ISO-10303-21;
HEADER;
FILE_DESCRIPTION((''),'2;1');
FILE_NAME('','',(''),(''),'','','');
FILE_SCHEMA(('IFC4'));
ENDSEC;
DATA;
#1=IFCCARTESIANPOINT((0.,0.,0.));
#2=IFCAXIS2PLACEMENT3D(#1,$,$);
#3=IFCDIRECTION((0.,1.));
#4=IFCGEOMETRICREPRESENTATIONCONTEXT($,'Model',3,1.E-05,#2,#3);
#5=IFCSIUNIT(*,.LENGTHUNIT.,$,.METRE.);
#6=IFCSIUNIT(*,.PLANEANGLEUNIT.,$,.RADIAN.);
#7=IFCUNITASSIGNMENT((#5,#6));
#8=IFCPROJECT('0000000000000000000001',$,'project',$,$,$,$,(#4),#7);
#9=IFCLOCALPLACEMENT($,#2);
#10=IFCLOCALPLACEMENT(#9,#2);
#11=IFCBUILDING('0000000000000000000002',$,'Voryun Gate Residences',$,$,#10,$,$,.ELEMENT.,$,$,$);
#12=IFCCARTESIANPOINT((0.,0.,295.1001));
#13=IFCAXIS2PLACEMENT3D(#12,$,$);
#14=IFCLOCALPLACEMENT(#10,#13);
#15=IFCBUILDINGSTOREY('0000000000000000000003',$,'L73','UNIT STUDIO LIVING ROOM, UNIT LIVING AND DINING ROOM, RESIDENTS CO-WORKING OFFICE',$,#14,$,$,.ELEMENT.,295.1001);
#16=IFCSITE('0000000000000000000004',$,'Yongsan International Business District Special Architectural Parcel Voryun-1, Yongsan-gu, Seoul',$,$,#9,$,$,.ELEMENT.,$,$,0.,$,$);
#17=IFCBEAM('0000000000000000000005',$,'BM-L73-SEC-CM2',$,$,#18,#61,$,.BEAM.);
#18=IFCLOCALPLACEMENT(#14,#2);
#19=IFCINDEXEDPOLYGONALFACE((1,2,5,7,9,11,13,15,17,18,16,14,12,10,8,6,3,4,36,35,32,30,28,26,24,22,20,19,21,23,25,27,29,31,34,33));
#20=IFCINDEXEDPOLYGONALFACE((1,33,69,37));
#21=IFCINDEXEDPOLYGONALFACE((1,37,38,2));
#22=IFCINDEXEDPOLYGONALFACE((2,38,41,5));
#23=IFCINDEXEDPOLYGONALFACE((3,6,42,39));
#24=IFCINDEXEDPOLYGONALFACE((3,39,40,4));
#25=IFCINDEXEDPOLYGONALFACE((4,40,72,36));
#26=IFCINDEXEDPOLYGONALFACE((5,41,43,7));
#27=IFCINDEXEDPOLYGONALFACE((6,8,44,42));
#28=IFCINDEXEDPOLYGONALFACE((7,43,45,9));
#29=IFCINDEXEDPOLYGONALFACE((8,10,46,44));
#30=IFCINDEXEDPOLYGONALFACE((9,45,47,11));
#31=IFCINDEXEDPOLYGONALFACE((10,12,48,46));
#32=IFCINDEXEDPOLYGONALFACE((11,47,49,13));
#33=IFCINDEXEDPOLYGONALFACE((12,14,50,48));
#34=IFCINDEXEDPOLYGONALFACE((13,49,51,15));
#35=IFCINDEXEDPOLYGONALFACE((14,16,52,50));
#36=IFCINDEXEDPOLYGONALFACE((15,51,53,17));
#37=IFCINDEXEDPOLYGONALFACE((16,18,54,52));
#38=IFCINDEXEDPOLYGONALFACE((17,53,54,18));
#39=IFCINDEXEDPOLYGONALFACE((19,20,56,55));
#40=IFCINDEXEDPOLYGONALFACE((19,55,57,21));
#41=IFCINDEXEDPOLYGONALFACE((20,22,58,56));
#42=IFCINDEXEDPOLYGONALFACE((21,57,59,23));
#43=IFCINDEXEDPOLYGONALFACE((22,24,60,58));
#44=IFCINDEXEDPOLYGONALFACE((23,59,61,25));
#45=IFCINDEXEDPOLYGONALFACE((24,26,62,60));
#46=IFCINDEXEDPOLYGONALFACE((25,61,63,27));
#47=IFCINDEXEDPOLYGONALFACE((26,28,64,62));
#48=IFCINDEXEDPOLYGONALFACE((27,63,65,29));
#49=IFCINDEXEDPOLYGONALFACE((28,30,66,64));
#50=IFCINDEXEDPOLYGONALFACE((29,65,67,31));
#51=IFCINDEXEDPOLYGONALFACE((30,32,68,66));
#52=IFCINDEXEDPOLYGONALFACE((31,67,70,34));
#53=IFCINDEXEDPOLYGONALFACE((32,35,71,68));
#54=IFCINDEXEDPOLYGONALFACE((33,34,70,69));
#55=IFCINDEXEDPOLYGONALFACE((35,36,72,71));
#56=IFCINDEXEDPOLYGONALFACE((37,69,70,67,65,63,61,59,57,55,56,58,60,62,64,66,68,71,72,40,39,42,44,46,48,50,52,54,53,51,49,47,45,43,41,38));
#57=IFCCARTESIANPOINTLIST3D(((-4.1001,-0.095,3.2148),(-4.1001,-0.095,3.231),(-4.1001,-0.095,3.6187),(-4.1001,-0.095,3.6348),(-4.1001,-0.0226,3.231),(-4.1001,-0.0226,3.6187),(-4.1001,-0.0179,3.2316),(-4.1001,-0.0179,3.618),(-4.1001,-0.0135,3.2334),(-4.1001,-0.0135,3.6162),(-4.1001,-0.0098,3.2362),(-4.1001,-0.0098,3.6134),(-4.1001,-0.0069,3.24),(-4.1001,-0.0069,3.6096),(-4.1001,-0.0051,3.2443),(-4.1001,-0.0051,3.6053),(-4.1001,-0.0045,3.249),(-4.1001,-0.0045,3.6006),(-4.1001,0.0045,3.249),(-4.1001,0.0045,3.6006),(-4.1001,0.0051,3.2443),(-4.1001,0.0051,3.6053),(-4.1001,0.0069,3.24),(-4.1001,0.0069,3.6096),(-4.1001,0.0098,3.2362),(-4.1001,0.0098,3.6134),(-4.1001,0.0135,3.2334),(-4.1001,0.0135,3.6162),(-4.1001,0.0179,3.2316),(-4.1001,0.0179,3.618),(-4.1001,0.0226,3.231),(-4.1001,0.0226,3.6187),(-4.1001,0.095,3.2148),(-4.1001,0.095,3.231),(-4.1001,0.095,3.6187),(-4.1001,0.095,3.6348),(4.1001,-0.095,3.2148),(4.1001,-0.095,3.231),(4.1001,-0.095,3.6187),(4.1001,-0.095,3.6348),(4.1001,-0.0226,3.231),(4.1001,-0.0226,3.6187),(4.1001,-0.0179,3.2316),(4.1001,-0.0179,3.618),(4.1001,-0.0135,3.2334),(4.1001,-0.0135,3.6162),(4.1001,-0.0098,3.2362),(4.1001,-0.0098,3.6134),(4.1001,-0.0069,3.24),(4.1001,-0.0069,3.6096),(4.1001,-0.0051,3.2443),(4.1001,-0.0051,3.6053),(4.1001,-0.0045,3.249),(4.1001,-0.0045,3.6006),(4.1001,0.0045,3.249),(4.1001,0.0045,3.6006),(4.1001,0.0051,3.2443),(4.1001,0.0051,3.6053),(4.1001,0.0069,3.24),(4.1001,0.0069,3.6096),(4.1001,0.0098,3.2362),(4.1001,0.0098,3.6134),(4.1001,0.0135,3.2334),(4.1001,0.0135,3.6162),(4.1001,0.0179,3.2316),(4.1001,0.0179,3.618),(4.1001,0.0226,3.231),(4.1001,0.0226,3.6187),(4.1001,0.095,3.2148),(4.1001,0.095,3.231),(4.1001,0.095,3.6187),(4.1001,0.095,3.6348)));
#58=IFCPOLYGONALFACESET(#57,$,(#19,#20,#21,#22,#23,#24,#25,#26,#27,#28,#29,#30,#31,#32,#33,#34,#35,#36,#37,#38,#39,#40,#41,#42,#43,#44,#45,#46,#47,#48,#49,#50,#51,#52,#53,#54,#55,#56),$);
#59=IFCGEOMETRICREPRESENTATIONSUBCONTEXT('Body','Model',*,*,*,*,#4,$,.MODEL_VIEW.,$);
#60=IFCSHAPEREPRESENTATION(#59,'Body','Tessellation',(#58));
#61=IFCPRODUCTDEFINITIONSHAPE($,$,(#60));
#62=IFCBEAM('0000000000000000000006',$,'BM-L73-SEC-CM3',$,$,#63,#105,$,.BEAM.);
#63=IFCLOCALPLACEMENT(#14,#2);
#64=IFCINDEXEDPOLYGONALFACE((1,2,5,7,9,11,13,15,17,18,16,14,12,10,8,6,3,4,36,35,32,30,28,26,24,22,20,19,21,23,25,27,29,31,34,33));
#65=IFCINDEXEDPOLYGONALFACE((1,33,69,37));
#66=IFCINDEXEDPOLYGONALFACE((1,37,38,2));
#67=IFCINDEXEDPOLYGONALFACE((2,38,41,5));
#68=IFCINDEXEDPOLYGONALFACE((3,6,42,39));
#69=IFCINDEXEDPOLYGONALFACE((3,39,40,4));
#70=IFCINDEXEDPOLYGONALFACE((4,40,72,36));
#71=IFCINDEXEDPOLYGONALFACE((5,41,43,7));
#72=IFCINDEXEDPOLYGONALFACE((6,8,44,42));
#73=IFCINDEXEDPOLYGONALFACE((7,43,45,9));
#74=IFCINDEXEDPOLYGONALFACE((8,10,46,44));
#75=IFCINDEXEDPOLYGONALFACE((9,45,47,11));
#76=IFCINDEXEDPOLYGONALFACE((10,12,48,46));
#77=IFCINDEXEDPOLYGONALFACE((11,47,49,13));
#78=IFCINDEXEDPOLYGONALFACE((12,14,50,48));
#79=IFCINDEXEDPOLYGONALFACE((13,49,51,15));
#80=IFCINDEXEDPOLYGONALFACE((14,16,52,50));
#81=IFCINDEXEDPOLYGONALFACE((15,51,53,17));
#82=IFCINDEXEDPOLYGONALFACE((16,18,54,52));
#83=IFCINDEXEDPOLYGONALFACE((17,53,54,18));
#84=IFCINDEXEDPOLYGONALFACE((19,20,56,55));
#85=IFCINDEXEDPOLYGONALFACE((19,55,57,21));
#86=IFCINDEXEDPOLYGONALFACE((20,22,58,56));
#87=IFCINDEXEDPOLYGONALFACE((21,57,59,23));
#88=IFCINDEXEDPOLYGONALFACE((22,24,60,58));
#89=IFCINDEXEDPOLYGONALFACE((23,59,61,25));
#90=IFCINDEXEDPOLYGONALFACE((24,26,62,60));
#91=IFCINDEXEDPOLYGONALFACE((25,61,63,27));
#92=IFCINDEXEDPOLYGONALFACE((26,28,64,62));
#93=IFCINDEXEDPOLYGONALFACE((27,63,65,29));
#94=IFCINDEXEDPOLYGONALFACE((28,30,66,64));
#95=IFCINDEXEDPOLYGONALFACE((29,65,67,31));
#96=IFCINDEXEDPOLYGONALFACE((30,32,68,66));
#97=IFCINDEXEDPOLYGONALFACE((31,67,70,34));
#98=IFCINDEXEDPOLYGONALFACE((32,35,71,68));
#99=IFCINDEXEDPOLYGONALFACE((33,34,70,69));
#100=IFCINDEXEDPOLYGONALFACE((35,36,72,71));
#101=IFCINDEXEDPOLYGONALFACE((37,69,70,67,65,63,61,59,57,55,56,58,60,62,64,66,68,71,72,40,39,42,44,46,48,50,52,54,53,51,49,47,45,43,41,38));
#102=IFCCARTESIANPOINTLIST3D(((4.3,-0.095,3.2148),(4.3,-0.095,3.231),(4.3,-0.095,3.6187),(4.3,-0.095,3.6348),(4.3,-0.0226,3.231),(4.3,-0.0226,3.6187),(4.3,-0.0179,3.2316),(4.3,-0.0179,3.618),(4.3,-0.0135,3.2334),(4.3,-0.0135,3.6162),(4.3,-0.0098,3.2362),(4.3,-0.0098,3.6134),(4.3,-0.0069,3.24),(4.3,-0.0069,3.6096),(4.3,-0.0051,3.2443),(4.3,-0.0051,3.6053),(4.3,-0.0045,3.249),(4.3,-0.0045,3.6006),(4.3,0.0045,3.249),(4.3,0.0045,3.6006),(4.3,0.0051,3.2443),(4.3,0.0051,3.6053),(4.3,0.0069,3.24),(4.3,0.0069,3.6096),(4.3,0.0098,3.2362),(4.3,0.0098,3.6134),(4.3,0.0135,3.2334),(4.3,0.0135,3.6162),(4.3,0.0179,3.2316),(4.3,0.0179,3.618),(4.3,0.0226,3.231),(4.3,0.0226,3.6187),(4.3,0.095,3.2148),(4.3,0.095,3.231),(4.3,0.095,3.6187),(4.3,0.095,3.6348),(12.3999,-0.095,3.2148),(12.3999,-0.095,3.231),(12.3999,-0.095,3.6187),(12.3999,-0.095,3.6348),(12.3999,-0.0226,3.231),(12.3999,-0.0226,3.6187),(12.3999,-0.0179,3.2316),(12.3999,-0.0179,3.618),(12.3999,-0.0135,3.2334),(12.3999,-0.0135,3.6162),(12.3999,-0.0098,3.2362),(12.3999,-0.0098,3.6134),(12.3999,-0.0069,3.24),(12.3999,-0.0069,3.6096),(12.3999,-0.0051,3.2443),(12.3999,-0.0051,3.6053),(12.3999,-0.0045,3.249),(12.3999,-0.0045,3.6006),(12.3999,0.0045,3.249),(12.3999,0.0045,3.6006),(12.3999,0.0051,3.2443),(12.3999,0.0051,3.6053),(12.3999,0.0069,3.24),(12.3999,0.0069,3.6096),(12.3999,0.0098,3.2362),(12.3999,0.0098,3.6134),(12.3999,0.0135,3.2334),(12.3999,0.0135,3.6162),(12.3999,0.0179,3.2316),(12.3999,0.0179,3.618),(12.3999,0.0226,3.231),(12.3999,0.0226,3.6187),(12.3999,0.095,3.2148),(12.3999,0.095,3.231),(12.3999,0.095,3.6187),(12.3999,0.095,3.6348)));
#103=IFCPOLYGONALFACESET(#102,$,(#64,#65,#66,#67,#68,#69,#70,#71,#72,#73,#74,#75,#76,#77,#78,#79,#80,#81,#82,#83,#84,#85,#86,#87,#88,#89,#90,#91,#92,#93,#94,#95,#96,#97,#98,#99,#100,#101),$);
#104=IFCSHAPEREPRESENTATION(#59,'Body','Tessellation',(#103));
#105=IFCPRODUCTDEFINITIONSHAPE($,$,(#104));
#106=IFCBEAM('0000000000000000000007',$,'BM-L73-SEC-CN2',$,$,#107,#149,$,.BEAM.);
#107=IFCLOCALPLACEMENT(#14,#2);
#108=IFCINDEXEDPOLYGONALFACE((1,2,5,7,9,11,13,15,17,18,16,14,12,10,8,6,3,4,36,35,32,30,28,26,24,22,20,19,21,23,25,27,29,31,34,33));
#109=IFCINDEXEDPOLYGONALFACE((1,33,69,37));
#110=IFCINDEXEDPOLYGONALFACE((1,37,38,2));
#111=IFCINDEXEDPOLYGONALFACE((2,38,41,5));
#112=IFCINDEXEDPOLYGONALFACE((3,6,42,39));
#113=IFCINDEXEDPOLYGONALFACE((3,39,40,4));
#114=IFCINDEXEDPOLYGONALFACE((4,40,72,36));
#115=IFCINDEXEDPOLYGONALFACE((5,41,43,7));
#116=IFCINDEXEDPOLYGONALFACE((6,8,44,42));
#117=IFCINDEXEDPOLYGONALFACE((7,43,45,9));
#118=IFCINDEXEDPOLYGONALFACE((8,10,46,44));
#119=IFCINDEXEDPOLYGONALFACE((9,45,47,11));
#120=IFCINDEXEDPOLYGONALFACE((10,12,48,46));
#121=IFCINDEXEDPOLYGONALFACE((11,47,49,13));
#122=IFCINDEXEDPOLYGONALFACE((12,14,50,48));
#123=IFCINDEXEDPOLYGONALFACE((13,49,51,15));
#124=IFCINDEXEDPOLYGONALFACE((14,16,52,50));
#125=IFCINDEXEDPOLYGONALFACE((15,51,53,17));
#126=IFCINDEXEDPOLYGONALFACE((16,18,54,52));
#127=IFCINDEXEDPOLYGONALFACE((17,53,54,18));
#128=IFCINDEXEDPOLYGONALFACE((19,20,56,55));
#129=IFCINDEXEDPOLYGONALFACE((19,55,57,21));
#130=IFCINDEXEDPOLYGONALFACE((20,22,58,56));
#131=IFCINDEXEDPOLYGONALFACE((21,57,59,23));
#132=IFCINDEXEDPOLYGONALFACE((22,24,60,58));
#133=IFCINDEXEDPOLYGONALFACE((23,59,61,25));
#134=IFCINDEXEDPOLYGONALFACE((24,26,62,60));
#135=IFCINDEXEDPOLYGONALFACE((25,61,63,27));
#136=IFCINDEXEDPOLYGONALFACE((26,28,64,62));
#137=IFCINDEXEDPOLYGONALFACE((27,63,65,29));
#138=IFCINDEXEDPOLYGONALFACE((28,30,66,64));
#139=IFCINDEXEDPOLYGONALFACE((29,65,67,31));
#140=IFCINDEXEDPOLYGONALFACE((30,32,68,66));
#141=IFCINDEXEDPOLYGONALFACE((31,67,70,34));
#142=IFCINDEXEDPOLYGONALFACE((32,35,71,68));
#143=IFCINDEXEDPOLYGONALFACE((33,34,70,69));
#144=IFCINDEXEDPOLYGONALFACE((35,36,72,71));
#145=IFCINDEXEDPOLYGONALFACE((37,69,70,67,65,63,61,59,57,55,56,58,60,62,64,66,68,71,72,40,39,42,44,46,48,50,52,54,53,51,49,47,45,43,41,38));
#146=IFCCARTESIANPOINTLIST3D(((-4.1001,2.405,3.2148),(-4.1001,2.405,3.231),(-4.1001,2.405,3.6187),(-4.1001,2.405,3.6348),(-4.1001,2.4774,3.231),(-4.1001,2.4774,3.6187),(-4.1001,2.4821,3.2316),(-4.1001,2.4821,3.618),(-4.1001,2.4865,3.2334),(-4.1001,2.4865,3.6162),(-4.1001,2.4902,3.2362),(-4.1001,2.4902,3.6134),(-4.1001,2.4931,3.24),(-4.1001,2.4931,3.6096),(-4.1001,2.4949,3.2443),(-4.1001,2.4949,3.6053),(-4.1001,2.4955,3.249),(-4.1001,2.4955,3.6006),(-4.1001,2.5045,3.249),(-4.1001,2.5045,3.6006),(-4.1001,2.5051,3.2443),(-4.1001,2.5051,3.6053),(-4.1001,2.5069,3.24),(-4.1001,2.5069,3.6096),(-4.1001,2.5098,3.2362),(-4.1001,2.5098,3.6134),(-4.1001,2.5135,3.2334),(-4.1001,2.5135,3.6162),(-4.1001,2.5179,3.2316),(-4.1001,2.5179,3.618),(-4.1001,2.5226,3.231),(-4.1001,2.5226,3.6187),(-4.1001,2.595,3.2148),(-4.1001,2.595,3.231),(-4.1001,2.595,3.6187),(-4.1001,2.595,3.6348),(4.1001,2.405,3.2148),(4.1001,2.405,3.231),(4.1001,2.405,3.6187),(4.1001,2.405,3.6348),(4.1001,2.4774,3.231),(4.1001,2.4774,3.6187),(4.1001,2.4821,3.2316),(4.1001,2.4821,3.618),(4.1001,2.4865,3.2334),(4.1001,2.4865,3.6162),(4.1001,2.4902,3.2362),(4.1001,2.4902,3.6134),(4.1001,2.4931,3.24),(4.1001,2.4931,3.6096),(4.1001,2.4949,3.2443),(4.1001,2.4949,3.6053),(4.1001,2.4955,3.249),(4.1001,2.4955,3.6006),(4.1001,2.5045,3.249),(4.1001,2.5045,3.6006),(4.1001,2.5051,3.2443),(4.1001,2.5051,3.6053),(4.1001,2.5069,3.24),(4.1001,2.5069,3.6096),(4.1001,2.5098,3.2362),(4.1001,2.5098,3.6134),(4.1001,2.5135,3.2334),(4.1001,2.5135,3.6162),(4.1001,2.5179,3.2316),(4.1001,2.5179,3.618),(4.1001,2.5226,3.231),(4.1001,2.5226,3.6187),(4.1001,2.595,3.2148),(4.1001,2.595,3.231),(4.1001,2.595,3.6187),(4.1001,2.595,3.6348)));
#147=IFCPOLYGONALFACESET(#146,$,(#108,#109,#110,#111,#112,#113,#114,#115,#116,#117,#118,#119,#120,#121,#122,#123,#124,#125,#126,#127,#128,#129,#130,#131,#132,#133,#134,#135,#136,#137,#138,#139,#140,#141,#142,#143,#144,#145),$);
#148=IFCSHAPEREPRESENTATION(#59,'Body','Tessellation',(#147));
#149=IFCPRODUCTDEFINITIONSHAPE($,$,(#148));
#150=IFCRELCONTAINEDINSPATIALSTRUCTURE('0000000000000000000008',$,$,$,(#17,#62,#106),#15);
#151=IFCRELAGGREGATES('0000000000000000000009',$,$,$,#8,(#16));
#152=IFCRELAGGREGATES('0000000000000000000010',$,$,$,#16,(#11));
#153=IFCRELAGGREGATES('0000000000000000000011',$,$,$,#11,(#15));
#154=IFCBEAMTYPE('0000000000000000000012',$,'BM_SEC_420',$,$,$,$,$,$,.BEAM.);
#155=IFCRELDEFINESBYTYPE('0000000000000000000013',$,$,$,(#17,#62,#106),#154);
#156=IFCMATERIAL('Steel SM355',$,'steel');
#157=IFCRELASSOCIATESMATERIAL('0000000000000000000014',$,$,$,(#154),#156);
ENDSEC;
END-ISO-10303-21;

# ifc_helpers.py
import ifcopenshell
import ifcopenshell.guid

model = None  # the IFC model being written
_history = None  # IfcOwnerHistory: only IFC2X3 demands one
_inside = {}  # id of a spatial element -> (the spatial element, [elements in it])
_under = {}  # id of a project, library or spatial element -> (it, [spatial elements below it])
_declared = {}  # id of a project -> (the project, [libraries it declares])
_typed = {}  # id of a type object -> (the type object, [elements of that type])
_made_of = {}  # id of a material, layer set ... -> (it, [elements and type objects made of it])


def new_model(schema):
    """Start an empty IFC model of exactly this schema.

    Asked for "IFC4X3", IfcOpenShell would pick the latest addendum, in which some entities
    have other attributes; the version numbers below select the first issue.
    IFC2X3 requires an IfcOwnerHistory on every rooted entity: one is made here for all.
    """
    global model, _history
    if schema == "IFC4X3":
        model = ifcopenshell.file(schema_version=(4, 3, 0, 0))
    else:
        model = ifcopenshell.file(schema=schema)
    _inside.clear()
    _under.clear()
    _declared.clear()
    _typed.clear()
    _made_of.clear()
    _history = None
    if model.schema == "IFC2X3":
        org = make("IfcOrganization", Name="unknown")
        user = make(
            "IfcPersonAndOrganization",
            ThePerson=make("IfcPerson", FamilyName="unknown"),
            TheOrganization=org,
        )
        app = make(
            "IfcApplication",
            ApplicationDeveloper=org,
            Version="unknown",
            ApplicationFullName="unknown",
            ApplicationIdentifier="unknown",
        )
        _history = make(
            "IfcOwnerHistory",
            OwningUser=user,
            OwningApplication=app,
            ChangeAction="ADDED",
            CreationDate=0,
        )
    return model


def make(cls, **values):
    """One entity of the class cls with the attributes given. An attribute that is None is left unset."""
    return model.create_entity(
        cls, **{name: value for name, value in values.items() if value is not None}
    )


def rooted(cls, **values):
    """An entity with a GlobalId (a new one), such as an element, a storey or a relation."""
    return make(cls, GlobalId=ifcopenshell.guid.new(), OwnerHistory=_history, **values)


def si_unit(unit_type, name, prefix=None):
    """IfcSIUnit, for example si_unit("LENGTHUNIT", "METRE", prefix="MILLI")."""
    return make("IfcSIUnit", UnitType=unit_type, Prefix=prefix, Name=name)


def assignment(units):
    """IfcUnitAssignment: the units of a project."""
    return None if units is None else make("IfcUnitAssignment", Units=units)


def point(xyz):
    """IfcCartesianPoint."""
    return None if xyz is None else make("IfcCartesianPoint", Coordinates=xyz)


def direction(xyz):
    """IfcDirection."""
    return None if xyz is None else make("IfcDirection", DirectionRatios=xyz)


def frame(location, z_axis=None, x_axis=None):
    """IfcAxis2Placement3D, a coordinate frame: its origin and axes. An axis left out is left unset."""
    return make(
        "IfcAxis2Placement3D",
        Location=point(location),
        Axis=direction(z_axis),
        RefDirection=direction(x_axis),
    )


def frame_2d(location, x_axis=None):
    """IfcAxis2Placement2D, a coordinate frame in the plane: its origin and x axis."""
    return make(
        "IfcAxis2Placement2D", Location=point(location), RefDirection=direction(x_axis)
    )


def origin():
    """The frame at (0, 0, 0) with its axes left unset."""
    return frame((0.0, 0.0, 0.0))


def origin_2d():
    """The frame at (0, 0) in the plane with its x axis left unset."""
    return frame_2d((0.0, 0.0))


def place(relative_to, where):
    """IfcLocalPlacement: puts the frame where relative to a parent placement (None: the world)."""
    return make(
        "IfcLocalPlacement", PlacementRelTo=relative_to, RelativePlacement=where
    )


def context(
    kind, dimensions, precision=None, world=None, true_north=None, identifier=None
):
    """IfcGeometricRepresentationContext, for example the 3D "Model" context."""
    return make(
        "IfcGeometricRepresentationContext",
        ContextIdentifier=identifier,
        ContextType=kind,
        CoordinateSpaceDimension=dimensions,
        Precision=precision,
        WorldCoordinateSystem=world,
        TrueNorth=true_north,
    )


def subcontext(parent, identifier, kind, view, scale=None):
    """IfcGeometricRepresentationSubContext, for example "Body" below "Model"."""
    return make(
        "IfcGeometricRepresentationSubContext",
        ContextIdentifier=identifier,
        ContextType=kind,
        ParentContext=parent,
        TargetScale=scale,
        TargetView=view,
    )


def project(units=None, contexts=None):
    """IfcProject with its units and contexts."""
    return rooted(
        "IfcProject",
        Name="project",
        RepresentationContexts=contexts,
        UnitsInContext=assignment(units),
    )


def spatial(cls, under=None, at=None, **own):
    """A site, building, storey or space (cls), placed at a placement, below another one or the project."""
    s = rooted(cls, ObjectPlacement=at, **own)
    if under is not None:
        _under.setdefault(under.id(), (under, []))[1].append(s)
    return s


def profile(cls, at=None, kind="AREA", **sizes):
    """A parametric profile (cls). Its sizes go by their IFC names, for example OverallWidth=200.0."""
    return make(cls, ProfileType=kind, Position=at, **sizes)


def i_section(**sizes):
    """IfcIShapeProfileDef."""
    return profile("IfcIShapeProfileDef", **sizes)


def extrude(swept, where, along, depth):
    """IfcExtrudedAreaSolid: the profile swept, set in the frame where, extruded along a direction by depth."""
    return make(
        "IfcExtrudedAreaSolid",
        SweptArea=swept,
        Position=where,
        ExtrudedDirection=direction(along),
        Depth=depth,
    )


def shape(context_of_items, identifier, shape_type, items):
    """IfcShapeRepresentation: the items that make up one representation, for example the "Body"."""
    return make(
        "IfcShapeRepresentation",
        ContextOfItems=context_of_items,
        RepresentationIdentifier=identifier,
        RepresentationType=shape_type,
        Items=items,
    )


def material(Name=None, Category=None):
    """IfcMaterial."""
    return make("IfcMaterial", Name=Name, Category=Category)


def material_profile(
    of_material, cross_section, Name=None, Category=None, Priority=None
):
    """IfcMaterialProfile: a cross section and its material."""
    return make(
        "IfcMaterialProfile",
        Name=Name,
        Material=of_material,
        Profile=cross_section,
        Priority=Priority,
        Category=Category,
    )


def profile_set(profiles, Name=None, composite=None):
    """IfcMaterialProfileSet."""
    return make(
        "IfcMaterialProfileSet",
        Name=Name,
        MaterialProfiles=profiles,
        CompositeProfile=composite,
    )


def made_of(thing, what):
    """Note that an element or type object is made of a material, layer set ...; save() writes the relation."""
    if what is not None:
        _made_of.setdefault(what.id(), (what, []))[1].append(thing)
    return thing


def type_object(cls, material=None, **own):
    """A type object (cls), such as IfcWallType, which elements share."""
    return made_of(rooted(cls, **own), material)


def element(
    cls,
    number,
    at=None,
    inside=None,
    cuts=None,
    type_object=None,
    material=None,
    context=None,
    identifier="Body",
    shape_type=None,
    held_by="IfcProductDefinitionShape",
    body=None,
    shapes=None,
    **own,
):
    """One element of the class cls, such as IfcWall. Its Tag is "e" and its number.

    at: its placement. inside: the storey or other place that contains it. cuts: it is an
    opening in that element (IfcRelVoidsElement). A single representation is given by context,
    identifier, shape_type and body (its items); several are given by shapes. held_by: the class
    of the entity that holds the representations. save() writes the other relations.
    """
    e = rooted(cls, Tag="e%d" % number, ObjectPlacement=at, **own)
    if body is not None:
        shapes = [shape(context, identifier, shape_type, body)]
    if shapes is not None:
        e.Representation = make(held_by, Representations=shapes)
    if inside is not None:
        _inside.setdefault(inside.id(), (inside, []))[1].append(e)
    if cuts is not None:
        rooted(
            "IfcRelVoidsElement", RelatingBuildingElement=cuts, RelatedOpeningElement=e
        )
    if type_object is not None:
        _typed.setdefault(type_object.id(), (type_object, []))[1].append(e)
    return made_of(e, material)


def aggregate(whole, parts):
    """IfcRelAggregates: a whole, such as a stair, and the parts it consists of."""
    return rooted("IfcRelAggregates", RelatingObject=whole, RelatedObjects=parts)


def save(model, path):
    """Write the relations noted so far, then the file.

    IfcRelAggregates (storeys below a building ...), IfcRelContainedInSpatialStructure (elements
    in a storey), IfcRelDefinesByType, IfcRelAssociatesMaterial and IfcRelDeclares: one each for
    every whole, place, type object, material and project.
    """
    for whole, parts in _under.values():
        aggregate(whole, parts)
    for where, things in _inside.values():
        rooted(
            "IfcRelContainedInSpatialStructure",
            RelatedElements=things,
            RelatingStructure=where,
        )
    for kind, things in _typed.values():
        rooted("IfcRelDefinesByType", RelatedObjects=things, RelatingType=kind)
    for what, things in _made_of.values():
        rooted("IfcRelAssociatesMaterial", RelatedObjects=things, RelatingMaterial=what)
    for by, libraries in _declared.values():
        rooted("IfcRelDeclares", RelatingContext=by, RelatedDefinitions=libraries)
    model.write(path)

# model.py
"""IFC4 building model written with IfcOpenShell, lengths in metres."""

from ifc_helpers import new_model, si_unit, direction, frame, origin, origin_2d, place, context, subcontext, project, spatial, i_section, extrude, material, material_profile, profile_set, type_object, element, save


model = new_model("IFC4")

# Units and contexts
model_context = context("Model", 3, precision=1e-05, world=origin(), true_north=direction((0.0, 1.0)))
body_context = subcontext(model_context, "Body", "Model", "MODEL_VIEW")
ifc_project = project(units=[si_unit("LENGTHUNIT", "METRE"), si_unit("PLANEANGLEUNIT", "RADIAN")], contexts=[model_context])

# Site, building, storey
site_placement = place(None, origin())
site = spatial("IfcSite", under=ifc_project, at=site_placement, Name="Yongsan International Business District Special Architectural Parcel Voryun-1, Yongsan-gu, Seoul", CompositionType="ELEMENT", RefElevation=0.0)
building_placement = place(site_placement, origin())
building = spatial("IfcBuilding", under=site, at=building_placement, Name="Voryun Gate Residences", CompositionType="ELEMENT")
storey_placement = place(building_placement, frame((0.0, 0.0, 295.1001)))
storey = spatial("IfcBuildingStorey", under=building, at=storey_placement, Name="L73", Description="UNIT STUDIO LIVING ROOM, UNIT LIVING AND DINING ROOM, RESIDENTS CO-WORKING OFFICE", CompositionType="ELEMENT", Elevation=295.1001)

# Beams
ifc_material_1 = material(Name="Steel SM355", Category="steel")
ifc_material_profile_1 = material_profile(ifc_material_1, i_section(OverallWidth=0.1899, OverallDepth=0.4199, WebThickness=0.009, FlangeThickness=0.0161, FilletRadius=0.0181, at=origin_2d()), Name="H-420x190x9x16")
ifc_profile_set_1 = profile_set([ifc_material_profile_1], Name="Steel SM355")
beam_type_1 = type_object("IfcBeamType", Name="BM_SEC_420", PredefinedType="BEAM", material=ifc_profile_set_1)
beam_1_placement = place(storey_placement, frame((-4.1001, 0.0, 3.4248), z_axis=(1.0, 0.0, 0.0), x_axis=(0.0, 1.0, 0.0)))
element("IfcBeam", 1, at=beam_1_placement, inside=storey, type_object=beam_type_1, Name="BM-L73-SEC-CM2", PredefinedType="BEAM", context=body_context, shape_type="SweptSolid", body=[
    extrude(i_section(OverallWidth=0.1899, OverallDepth=0.4199, WebThickness=0.009, FlangeThickness=0.0161, FilletRadius=0.0181, at=origin_2d()), origin(), (0.0, 0.0, 1.0), 8.2002),
])
beam_2_placement = place(storey_placement, frame((4.3, 0.0, 3.4248), z_axis=(1.0, 0.0, 0.0), x_axis=(0.0, 1.0, 0.0)))
element("IfcBeam", 2, at=beam_2_placement, inside=storey, type_object=beam_type_1, Name="BM-L73-SEC-CM3", PredefinedType="BEAM", context=body_context, shape_type="SweptSolid", body=[
    extrude(i_section(OverallWidth=0.1899, OverallDepth=0.4199, WebThickness=0.009, FlangeThickness=0.0161, FilletRadius=0.0181, at=origin_2d()), origin(), (0.0, 0.0, 1.0), 8.0999),
])
beam_3_placement = place(storey_placement, frame((-4.1001, 2.5, 3.4248), z_axis=(1.0, 0.0, 0.0), x_axis=(0.0, 1.0, 0.0)))
element("IfcBeam", 3, at=beam_3_placement, inside=storey, type_object=beam_type_1, Name="BM-L73-SEC-CN2", PredefinedType="BEAM", context=body_context, shape_type="SweptSolid", body=[
    extrude(i_section(OverallWidth=0.1899, OverallDepth=0.4199, WebThickness=0.009, FlangeThickness=0.0161, FilletRadius=0.0181, at=origin_2d()), origin(), (0.0, 0.0, 1.0), 8.2002),
])

save(model, "model.ifc")
